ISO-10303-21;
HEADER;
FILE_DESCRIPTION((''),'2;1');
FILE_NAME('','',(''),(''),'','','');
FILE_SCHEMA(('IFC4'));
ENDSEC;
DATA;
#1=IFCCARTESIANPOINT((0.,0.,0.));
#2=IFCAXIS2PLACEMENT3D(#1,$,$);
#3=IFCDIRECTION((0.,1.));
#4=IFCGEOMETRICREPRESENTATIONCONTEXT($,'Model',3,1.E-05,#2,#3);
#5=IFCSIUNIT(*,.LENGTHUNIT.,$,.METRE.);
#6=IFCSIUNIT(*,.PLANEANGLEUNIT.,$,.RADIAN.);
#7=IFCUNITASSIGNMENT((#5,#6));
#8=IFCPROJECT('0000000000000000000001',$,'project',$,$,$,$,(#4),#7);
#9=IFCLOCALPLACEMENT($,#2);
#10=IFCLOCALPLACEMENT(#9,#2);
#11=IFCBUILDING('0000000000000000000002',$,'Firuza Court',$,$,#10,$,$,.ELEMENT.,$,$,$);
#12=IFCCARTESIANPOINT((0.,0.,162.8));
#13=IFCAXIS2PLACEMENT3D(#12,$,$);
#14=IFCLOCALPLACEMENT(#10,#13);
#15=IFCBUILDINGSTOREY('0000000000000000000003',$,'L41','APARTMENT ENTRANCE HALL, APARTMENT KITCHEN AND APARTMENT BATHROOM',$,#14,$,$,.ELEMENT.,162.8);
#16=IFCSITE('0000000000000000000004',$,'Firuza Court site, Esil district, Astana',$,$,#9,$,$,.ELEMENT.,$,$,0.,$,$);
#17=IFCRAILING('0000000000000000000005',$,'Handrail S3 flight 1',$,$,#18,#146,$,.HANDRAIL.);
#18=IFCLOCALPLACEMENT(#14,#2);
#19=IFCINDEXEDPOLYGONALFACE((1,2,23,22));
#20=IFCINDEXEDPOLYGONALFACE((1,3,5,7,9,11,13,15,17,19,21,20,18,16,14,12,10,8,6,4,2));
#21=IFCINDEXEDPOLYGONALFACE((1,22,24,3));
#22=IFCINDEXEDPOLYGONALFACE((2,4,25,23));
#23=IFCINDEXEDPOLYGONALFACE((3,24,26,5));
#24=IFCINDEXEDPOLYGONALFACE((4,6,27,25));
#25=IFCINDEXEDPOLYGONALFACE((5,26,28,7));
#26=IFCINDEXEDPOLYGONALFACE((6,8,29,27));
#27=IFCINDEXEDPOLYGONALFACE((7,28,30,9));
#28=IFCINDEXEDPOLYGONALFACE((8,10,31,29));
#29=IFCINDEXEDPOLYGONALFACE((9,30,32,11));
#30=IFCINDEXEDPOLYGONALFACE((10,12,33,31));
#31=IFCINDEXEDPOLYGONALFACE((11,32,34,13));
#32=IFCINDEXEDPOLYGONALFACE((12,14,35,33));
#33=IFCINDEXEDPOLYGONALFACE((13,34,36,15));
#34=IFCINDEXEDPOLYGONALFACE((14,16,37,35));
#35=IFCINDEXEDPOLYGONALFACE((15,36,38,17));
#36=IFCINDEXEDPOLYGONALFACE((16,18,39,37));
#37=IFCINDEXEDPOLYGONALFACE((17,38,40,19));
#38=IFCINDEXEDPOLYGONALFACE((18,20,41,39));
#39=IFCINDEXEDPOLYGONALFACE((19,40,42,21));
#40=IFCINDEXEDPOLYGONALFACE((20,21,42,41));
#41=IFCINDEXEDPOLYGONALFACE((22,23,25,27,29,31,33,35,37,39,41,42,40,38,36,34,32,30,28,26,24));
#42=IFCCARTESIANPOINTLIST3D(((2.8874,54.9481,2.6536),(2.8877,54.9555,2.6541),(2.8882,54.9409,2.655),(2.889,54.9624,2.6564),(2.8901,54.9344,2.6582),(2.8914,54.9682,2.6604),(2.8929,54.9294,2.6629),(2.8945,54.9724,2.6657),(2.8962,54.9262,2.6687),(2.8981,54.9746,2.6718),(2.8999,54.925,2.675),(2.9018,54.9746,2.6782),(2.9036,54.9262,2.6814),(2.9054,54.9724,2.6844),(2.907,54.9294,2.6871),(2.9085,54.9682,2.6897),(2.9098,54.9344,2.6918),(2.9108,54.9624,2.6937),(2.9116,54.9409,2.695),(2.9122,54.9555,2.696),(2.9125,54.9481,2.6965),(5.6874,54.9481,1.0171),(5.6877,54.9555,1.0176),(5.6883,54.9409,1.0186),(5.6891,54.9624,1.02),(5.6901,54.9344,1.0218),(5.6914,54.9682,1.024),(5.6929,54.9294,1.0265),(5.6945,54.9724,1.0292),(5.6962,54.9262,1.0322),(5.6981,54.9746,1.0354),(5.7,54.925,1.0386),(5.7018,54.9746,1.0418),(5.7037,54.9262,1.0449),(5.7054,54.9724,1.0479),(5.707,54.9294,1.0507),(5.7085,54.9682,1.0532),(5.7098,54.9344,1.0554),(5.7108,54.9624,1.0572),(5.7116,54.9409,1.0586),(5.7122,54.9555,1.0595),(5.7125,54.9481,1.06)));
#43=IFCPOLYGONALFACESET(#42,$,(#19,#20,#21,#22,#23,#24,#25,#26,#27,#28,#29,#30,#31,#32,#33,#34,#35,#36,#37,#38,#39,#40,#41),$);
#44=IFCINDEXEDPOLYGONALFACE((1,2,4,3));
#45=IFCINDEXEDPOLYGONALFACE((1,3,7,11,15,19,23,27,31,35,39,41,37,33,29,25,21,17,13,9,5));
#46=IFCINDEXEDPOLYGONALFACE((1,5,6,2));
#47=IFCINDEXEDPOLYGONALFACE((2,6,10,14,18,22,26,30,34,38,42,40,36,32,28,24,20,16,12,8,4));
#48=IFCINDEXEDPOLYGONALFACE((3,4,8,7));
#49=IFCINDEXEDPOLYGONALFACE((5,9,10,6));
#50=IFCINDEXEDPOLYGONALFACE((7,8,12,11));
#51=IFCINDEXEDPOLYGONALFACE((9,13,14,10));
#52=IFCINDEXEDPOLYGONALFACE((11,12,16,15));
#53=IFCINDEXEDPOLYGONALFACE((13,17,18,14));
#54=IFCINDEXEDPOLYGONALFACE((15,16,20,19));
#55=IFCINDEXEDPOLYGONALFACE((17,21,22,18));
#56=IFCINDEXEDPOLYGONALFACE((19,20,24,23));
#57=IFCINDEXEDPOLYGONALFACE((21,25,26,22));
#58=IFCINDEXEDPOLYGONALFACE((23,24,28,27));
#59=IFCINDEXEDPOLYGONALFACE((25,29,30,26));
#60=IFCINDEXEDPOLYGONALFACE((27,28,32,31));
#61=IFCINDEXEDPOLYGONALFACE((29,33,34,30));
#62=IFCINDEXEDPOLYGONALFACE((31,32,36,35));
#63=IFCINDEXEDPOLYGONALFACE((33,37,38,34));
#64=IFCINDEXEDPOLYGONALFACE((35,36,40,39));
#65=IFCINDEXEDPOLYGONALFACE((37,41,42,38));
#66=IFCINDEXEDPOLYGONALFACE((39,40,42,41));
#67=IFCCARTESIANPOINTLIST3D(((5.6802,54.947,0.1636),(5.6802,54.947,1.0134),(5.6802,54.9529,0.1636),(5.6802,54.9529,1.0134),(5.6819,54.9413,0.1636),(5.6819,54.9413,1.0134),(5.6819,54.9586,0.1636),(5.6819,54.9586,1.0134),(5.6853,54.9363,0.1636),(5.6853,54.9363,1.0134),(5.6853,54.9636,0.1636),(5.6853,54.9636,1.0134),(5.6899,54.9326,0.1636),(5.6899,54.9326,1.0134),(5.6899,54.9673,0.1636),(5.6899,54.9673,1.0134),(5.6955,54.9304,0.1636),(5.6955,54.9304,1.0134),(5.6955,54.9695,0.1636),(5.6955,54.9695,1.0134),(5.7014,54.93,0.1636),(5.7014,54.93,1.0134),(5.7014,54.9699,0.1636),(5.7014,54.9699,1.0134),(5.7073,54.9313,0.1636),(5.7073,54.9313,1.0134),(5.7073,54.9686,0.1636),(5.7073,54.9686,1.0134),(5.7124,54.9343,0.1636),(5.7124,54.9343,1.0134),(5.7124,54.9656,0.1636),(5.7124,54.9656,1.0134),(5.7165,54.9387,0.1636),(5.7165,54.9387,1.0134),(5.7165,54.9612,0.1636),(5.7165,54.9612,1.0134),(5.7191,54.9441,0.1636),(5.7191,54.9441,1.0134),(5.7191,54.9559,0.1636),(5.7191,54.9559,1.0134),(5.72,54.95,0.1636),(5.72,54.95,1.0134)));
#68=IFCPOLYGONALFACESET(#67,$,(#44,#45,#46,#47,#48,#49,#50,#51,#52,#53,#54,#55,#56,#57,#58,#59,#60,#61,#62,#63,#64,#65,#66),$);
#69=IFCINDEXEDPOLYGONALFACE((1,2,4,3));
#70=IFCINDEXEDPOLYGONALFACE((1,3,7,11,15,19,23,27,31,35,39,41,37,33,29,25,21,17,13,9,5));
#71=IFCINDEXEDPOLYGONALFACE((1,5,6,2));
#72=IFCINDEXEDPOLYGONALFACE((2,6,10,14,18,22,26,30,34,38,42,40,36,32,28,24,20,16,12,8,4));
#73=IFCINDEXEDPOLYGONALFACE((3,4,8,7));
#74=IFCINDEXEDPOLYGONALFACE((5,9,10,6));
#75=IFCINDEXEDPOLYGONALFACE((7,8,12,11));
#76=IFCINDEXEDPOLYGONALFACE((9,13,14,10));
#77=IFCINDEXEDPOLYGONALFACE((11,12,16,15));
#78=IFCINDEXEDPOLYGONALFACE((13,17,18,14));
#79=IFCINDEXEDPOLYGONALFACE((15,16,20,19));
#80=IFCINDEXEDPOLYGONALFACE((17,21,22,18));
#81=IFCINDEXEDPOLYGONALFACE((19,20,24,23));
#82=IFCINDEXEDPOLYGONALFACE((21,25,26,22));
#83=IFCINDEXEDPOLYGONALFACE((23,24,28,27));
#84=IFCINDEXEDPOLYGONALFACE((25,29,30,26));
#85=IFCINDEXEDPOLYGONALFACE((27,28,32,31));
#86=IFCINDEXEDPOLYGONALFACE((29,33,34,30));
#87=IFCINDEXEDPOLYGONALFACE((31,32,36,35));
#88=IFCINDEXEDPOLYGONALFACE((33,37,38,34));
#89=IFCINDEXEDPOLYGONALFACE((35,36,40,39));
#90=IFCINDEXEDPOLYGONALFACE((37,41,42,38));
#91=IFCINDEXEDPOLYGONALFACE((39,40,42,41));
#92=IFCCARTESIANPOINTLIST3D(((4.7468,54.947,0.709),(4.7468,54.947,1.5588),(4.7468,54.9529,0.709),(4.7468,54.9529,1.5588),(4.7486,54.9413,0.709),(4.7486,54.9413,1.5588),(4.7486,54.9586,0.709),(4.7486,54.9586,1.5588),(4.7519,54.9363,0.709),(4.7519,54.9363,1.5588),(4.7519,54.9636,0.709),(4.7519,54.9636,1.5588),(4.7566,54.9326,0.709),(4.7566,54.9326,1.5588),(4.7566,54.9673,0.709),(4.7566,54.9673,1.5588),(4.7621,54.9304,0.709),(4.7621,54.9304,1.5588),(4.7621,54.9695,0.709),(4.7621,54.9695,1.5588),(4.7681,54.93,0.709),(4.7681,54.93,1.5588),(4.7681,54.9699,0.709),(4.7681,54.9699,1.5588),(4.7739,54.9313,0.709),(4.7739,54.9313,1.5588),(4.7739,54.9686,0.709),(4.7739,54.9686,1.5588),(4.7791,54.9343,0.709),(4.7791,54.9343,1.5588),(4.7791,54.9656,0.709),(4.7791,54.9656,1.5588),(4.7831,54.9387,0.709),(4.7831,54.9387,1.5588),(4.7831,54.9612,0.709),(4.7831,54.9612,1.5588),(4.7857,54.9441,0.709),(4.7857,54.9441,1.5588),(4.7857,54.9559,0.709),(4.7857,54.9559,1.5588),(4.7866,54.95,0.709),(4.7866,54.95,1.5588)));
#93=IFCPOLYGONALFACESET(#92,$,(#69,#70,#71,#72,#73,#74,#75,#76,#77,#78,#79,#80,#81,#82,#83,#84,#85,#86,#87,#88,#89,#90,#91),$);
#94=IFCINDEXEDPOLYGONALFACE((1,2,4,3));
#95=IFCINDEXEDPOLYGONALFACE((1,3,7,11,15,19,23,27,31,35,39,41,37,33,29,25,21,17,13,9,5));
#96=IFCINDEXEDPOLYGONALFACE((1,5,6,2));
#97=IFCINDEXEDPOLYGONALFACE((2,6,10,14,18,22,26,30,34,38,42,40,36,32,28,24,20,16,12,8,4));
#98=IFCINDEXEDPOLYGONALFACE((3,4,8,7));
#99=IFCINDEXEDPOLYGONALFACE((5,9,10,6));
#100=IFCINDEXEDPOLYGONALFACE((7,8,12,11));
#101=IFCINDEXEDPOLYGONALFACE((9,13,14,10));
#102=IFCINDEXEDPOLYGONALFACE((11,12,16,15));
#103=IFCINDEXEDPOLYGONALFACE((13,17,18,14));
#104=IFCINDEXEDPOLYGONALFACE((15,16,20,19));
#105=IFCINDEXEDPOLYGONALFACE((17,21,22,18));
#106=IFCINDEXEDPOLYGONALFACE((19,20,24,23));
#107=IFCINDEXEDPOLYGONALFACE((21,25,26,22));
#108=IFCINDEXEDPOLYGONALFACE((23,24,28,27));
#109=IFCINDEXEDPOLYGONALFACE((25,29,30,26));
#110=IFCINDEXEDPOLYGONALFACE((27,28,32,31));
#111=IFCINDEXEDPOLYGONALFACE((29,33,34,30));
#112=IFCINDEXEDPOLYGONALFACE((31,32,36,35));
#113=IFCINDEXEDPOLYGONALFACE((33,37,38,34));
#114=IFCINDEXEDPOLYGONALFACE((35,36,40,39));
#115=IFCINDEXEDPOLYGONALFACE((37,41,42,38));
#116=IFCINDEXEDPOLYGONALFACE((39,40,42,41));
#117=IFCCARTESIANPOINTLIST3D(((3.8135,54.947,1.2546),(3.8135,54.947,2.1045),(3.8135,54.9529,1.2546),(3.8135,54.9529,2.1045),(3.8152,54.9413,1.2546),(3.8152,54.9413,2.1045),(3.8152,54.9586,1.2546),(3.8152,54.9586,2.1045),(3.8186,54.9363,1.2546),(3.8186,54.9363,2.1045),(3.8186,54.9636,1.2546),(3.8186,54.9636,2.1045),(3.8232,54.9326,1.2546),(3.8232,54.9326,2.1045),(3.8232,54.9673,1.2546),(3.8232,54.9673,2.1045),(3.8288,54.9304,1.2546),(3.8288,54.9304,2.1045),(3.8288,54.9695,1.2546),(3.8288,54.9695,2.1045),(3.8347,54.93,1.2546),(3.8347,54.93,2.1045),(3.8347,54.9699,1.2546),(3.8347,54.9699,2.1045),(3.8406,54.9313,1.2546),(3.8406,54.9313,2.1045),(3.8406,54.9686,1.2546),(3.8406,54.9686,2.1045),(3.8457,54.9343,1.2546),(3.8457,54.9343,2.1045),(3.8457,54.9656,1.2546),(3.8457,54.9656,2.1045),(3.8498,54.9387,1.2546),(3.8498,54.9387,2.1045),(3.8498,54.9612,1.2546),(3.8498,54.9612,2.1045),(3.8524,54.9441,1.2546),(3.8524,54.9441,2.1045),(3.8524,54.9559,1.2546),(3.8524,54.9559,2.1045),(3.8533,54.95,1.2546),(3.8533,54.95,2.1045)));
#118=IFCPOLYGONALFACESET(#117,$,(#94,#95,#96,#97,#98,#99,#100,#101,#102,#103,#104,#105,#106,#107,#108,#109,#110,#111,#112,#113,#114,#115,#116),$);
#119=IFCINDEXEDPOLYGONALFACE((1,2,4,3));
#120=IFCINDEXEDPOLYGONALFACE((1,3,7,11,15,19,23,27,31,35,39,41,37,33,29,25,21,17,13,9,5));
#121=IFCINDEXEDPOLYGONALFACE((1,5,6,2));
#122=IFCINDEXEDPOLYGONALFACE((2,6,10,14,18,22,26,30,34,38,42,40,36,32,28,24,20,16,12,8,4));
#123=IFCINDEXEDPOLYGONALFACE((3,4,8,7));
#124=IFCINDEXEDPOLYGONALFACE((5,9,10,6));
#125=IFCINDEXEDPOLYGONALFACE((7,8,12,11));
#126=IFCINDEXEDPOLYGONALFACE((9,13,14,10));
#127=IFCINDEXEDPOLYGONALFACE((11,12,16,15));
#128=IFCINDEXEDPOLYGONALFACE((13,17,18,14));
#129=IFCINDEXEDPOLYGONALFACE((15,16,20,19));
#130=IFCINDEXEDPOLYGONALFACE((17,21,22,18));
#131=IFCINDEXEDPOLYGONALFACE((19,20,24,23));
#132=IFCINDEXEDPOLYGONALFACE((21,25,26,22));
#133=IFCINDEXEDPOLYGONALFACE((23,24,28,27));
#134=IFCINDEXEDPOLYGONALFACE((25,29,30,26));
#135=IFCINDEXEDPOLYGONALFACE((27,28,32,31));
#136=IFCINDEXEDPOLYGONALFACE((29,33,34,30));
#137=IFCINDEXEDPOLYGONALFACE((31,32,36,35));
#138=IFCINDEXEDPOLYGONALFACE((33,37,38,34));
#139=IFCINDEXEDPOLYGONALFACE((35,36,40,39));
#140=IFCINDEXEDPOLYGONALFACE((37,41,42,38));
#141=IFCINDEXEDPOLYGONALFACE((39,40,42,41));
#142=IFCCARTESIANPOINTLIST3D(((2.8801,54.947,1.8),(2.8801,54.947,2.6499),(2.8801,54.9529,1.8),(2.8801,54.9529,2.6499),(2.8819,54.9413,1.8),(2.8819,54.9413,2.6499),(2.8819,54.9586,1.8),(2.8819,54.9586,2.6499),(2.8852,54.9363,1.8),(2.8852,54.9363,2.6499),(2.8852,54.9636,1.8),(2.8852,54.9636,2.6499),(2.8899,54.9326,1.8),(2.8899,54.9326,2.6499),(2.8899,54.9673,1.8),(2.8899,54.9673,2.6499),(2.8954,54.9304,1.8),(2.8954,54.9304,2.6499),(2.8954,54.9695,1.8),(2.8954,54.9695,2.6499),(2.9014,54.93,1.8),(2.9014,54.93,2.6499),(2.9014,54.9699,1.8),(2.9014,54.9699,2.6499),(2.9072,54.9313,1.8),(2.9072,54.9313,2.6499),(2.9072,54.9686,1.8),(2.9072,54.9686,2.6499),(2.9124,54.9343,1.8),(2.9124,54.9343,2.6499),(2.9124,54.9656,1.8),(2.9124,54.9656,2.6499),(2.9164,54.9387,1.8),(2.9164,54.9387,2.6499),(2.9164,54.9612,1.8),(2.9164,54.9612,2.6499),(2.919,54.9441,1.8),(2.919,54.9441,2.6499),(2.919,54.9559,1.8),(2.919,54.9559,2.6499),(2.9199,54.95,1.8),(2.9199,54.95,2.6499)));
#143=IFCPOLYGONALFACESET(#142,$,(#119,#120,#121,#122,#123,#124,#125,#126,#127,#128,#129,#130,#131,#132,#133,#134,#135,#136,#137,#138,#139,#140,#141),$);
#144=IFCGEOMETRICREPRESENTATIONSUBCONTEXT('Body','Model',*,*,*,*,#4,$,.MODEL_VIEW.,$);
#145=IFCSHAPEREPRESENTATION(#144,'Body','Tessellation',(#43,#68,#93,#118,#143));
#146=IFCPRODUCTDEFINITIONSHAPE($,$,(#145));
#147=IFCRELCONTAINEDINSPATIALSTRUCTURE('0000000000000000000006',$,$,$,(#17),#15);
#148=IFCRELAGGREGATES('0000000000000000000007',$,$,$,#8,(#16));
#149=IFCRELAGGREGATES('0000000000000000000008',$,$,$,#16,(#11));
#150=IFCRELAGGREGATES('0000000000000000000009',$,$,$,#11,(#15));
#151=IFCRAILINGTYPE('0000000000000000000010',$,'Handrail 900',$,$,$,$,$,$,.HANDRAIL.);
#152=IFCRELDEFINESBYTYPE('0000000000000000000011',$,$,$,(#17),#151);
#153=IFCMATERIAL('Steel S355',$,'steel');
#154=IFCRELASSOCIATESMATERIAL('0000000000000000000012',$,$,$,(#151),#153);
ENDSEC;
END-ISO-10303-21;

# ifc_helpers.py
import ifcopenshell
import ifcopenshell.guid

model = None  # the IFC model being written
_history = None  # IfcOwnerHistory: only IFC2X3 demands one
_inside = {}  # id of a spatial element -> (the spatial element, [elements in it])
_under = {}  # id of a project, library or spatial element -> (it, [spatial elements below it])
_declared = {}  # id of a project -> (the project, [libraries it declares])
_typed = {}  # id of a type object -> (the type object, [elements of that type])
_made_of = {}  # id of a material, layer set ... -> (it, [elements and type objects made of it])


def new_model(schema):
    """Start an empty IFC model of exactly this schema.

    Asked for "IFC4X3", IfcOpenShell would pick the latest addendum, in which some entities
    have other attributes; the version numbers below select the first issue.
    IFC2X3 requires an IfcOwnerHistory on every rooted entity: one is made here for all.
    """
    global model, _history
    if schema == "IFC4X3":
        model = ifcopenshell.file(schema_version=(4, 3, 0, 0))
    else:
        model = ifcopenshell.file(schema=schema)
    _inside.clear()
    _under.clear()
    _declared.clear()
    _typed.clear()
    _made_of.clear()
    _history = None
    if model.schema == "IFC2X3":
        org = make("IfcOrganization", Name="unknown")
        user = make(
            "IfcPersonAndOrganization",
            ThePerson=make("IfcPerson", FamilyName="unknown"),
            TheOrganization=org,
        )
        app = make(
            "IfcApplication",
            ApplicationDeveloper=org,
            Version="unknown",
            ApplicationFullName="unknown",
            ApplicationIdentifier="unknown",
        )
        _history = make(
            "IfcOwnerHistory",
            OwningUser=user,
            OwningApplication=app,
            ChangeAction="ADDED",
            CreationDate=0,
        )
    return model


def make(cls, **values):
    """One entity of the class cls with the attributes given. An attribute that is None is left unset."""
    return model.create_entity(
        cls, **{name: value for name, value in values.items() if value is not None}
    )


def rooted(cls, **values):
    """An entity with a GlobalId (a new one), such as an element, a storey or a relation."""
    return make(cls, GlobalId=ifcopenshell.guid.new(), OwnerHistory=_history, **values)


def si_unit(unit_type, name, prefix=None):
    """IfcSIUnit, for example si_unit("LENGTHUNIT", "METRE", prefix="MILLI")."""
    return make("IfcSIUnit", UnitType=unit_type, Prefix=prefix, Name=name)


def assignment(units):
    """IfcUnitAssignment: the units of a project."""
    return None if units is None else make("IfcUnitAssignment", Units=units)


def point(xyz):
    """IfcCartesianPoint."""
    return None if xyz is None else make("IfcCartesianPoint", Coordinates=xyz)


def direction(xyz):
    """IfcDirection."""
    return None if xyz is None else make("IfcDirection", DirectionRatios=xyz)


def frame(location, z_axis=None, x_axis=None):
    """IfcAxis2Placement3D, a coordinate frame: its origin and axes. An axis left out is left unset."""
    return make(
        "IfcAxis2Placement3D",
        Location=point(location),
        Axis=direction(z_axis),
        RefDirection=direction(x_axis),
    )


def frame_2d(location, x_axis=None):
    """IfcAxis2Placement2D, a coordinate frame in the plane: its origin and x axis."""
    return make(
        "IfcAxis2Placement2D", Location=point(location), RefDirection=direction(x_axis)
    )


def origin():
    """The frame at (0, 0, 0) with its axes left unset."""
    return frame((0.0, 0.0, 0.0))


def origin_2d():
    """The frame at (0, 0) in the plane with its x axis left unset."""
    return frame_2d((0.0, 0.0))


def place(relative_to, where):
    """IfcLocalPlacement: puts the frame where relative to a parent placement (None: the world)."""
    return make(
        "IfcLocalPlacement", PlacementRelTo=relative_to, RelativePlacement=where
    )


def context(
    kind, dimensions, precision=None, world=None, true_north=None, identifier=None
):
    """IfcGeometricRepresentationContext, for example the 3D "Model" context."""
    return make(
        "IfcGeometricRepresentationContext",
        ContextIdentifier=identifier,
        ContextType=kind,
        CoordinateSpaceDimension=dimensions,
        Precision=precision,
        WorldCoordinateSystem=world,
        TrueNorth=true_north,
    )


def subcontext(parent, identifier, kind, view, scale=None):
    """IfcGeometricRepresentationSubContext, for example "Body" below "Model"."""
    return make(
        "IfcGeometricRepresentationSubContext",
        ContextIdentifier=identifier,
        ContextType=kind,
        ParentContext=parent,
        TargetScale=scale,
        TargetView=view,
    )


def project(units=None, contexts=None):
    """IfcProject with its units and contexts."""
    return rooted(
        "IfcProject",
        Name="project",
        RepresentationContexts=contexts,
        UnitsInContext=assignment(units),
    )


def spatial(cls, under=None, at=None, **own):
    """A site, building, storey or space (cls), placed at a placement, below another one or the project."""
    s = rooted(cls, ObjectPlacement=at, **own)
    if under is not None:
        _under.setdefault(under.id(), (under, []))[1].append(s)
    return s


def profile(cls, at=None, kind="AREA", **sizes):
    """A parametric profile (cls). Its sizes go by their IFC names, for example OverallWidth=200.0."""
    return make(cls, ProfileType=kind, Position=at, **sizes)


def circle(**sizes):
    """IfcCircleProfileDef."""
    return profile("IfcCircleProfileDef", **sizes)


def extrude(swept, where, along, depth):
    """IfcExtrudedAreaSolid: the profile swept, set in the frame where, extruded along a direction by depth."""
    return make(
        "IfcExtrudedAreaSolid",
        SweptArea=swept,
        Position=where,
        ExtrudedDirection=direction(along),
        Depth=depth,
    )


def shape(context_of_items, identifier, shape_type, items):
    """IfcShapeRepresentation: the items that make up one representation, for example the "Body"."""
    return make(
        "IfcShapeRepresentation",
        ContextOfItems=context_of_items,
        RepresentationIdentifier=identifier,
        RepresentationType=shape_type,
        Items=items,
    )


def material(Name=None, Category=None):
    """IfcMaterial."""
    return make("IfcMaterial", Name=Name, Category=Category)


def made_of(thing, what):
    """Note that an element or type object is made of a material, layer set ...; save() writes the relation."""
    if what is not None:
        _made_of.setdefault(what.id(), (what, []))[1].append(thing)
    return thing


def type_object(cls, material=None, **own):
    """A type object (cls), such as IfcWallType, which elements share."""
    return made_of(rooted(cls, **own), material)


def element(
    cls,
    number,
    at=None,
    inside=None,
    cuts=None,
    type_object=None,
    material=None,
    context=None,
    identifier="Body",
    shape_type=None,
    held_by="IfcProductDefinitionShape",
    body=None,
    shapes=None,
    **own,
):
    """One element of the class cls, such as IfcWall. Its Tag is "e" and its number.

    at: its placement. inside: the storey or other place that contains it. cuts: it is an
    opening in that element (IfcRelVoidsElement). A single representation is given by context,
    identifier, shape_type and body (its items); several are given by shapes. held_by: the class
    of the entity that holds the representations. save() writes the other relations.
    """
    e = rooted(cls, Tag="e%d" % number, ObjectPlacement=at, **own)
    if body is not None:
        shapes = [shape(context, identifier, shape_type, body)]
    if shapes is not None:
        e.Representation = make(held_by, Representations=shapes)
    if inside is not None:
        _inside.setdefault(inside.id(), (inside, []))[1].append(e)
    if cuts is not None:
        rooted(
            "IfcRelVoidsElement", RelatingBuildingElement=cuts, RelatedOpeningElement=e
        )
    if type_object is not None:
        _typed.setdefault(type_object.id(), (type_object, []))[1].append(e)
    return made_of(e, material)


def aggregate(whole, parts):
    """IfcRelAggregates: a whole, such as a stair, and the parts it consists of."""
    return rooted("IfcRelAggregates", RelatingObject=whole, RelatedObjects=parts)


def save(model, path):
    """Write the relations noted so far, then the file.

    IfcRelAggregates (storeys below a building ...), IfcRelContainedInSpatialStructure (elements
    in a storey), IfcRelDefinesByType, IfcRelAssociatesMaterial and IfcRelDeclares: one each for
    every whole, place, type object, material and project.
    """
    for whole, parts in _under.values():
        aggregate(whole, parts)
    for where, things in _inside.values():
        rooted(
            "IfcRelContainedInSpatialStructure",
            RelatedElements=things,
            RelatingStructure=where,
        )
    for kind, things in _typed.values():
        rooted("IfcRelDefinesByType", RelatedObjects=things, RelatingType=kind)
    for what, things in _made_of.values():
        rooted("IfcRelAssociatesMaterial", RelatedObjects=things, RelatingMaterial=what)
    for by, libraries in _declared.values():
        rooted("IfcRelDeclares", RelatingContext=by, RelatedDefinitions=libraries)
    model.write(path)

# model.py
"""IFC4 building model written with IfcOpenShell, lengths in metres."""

from ifc_helpers import new_model, si_unit, direction, frame, origin, origin_2d, place, context, subcontext, project, spatial, circle, extrude, material, type_object, element, save


model = new_model("IFC4")

# Units and contexts
model_context = context("Model", 3, precision=1e-05, world=origin(), true_north=direction((0.0, 1.0)))
body_context = subcontext(model_context, "Body", "Model", "MODEL_VIEW")
ifc_project = project(units=[si_unit("LENGTHUNIT", "METRE"), si_unit("PLANEANGLEUNIT", "RADIAN")], contexts=[model_context])

# Site, building, storey
site_placement = place(None, origin())
site = spatial("IfcSite", under=ifc_project, at=site_placement, Name="Firuza Court site, Esil district, Astana", CompositionType="ELEMENT", RefElevation=0.0)
building_placement = place(site_placement, origin())
building = spatial("IfcBuilding", under=site, at=building_placement, Name="Firuza Court", CompositionType="ELEMENT")
storey_placement = place(building_placement, frame((0.0, 0.0, 162.8)))
storey = spatial("IfcBuildingStorey", under=building, at=storey_placement, Name="L41", Description="APARTMENT ENTRANCE HALL, APARTMENT KITCHEN AND APARTMENT BATHROOM", CompositionType="ELEMENT", Elevation=162.8)

# Railing
ifc_material_1 = material(Name="Steel S355", Category="steel")
railing_type_1 = type_object("IfcRailingType", Name="Handrail 900", PredefinedType="HANDRAIL", material=ifc_material_1)
railing_1_placement = place(storey_placement, frame((5.7, 54.95, 0.1636)))
element("IfcRailing", 1, at=railing_1_placement, inside=storey, type_object=railing_type_1, Name="Handrail S3 flight 1", PredefinedType="HANDRAIL", context=body_context, shape_type="SweptSolid", body=[
    extrude(circle(Radius=0.0249, at=origin_2d()), frame((0.0, 0.0, 0.875), z_axis=(-0.863361, 0.0, 0.504587), x_axis=(0.0, -1.0, 0.0)), (0.0, 0.0, 1.0), 3.2432),
    extrude(circle(Radius=0.02, at=origin_2d()), origin(), (0.0, 0.0, 1.0), 0.8499),
    extrude(circle(Radius=0.02, at=origin_2d()), frame((-0.9333, 0.0, 0.5454)), (0.0, 0.0, 1.0), 0.8499),
    extrude(circle(Radius=0.02, at=origin_2d()), frame((-1.8667, 0.0, 1.0911)), (0.0, 0.0, 1.0), 0.8499),
    extrude(circle(Radius=0.02, at=origin_2d()), frame((-2.8, 0.0, 1.6365)), (0.0, 0.0, 1.0), 0.8499),
])

save(model, "model.ifc")
